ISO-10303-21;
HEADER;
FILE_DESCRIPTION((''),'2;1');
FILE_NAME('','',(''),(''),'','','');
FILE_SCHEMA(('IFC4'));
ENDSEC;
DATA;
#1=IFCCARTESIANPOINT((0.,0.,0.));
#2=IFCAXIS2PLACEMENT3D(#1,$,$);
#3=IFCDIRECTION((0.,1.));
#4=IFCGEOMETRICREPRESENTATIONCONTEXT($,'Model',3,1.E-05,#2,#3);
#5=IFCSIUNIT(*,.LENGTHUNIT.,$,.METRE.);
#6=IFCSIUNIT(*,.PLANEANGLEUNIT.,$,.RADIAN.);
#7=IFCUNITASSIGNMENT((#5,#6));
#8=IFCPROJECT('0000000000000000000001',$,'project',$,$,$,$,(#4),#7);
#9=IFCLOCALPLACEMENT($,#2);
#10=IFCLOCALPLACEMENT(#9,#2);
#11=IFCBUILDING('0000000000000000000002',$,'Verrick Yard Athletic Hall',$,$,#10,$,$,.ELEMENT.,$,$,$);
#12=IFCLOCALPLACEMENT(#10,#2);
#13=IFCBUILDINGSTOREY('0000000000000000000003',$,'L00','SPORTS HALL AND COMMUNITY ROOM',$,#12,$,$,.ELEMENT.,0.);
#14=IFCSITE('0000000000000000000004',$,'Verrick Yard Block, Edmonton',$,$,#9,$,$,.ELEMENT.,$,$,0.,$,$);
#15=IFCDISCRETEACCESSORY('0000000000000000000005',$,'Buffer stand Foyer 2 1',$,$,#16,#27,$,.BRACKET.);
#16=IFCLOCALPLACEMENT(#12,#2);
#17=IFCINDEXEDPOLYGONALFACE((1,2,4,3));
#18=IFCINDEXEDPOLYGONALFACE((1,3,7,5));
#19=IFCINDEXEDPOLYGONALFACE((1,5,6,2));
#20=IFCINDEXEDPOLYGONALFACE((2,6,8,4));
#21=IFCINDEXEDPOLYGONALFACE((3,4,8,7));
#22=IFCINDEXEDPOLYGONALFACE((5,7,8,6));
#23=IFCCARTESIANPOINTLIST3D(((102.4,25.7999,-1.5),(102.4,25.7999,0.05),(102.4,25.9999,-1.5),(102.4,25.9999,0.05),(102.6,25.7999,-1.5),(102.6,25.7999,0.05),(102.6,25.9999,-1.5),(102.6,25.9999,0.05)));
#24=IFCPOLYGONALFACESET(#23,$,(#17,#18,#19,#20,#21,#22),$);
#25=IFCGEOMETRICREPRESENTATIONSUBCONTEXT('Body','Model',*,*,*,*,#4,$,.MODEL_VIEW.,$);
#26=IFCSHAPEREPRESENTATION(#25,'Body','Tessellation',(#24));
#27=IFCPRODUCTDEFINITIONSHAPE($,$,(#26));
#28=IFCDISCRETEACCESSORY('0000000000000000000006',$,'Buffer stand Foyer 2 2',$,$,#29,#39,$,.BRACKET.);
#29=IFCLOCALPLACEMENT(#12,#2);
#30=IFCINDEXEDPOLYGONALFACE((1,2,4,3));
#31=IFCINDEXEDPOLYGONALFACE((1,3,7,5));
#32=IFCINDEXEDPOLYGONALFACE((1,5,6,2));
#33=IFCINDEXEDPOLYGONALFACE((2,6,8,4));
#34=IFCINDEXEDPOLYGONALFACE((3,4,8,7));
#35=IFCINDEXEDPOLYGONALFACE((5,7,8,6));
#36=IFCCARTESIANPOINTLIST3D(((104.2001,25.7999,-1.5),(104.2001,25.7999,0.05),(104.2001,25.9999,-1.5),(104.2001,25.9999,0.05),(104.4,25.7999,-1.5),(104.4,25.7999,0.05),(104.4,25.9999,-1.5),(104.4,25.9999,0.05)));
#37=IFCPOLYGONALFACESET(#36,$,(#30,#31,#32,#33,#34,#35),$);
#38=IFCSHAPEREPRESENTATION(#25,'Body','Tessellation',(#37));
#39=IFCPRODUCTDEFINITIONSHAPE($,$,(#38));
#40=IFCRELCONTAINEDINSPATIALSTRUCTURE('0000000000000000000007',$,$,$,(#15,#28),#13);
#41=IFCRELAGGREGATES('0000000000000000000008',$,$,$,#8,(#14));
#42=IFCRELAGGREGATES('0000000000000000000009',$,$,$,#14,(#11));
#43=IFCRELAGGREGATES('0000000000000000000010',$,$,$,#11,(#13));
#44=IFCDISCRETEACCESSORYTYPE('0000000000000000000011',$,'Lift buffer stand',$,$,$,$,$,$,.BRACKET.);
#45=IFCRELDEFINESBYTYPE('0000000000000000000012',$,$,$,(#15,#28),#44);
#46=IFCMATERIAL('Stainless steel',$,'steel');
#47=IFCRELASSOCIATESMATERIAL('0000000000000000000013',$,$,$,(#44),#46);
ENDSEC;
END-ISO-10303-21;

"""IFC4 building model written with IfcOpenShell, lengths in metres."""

from ifc_helpers import new_model, si_unit, direction, frame, origin, origin_2d, place, context, subcontext, project, spatial, rectangle, extrude, material, type_object, element, save


model = new_model("IFC4")

# Units and contexts
model_context = context("Model", 3, precision=1e-05, world=origin(), true_north=direction((0.0, 1.0)))
body_context = subcontext(model_context, "Body", "Model", "MODEL_VIEW")
ifc_project = project(units=[si_unit("LENGTHUNIT", "METRE"), si_unit("PLANEANGLEUNIT", "RADIAN")], contexts=[model_context])

# Site, building, storey
site_placement = place(None, origin())
site = spatial("IfcSite", under=ifc_project, at=site_placement, Name="Verrick Yard Block, Edmonton", CompositionType="ELEMENT", RefElevation=0.0)
building_placement = place(site_placement, origin())
building = spatial("IfcBuilding", under=site, at=building_placement, Name="Verrick Yard Athletic Hall", CompositionType="ELEMENT")
storey_placement = place(building_placement, origin())
storey = spatial("IfcBuildingStorey", under=building, at=storey_placement, Name="L00", Description="SPORTS HALL AND COMMUNITY ROOM", CompositionType="ELEMENT", Elevation=0.0)

# Shared definitions
ifc_material_1 = material(Name="Stainless steel", Category="steel")

# Discrete accessories
discrete_accessory_type = type_object("IfcDiscreteAccessoryType", Name="Lift buffer stand", PredefinedType="BRACKET", material=ifc_material_1)
for number, where, z_axis, x_axis, name in (
    (1, (102.5, 25.8999, -1.5), (0.0, 0.0, 1.0), (1.0, 0.0, 0.0), "Buffer stand Foyer 2 1"),
    (2, (104.3, 25.8999, -1.5), (0.0, 0.0, 1.0), (1.0, 0.0, 0.0), "Buffer stand Foyer 2 2"),
):
    element("IfcDiscreteAccessory", number, at=place(storey_placement, frame(where, z_axis=z_axis, x_axis=x_axis)), inside=storey, type_object=discrete_accessory_type, Name=name, PredefinedType="BRACKET", context=body_context, shape_type="SweptSolid", body=[
        extrude(rectangle(XDim=0.2, YDim=0.2, at=origin_2d()), origin(), (0.0, 0.0, 1.0), 1.55),
    ])

save(model, "model.ifc")
